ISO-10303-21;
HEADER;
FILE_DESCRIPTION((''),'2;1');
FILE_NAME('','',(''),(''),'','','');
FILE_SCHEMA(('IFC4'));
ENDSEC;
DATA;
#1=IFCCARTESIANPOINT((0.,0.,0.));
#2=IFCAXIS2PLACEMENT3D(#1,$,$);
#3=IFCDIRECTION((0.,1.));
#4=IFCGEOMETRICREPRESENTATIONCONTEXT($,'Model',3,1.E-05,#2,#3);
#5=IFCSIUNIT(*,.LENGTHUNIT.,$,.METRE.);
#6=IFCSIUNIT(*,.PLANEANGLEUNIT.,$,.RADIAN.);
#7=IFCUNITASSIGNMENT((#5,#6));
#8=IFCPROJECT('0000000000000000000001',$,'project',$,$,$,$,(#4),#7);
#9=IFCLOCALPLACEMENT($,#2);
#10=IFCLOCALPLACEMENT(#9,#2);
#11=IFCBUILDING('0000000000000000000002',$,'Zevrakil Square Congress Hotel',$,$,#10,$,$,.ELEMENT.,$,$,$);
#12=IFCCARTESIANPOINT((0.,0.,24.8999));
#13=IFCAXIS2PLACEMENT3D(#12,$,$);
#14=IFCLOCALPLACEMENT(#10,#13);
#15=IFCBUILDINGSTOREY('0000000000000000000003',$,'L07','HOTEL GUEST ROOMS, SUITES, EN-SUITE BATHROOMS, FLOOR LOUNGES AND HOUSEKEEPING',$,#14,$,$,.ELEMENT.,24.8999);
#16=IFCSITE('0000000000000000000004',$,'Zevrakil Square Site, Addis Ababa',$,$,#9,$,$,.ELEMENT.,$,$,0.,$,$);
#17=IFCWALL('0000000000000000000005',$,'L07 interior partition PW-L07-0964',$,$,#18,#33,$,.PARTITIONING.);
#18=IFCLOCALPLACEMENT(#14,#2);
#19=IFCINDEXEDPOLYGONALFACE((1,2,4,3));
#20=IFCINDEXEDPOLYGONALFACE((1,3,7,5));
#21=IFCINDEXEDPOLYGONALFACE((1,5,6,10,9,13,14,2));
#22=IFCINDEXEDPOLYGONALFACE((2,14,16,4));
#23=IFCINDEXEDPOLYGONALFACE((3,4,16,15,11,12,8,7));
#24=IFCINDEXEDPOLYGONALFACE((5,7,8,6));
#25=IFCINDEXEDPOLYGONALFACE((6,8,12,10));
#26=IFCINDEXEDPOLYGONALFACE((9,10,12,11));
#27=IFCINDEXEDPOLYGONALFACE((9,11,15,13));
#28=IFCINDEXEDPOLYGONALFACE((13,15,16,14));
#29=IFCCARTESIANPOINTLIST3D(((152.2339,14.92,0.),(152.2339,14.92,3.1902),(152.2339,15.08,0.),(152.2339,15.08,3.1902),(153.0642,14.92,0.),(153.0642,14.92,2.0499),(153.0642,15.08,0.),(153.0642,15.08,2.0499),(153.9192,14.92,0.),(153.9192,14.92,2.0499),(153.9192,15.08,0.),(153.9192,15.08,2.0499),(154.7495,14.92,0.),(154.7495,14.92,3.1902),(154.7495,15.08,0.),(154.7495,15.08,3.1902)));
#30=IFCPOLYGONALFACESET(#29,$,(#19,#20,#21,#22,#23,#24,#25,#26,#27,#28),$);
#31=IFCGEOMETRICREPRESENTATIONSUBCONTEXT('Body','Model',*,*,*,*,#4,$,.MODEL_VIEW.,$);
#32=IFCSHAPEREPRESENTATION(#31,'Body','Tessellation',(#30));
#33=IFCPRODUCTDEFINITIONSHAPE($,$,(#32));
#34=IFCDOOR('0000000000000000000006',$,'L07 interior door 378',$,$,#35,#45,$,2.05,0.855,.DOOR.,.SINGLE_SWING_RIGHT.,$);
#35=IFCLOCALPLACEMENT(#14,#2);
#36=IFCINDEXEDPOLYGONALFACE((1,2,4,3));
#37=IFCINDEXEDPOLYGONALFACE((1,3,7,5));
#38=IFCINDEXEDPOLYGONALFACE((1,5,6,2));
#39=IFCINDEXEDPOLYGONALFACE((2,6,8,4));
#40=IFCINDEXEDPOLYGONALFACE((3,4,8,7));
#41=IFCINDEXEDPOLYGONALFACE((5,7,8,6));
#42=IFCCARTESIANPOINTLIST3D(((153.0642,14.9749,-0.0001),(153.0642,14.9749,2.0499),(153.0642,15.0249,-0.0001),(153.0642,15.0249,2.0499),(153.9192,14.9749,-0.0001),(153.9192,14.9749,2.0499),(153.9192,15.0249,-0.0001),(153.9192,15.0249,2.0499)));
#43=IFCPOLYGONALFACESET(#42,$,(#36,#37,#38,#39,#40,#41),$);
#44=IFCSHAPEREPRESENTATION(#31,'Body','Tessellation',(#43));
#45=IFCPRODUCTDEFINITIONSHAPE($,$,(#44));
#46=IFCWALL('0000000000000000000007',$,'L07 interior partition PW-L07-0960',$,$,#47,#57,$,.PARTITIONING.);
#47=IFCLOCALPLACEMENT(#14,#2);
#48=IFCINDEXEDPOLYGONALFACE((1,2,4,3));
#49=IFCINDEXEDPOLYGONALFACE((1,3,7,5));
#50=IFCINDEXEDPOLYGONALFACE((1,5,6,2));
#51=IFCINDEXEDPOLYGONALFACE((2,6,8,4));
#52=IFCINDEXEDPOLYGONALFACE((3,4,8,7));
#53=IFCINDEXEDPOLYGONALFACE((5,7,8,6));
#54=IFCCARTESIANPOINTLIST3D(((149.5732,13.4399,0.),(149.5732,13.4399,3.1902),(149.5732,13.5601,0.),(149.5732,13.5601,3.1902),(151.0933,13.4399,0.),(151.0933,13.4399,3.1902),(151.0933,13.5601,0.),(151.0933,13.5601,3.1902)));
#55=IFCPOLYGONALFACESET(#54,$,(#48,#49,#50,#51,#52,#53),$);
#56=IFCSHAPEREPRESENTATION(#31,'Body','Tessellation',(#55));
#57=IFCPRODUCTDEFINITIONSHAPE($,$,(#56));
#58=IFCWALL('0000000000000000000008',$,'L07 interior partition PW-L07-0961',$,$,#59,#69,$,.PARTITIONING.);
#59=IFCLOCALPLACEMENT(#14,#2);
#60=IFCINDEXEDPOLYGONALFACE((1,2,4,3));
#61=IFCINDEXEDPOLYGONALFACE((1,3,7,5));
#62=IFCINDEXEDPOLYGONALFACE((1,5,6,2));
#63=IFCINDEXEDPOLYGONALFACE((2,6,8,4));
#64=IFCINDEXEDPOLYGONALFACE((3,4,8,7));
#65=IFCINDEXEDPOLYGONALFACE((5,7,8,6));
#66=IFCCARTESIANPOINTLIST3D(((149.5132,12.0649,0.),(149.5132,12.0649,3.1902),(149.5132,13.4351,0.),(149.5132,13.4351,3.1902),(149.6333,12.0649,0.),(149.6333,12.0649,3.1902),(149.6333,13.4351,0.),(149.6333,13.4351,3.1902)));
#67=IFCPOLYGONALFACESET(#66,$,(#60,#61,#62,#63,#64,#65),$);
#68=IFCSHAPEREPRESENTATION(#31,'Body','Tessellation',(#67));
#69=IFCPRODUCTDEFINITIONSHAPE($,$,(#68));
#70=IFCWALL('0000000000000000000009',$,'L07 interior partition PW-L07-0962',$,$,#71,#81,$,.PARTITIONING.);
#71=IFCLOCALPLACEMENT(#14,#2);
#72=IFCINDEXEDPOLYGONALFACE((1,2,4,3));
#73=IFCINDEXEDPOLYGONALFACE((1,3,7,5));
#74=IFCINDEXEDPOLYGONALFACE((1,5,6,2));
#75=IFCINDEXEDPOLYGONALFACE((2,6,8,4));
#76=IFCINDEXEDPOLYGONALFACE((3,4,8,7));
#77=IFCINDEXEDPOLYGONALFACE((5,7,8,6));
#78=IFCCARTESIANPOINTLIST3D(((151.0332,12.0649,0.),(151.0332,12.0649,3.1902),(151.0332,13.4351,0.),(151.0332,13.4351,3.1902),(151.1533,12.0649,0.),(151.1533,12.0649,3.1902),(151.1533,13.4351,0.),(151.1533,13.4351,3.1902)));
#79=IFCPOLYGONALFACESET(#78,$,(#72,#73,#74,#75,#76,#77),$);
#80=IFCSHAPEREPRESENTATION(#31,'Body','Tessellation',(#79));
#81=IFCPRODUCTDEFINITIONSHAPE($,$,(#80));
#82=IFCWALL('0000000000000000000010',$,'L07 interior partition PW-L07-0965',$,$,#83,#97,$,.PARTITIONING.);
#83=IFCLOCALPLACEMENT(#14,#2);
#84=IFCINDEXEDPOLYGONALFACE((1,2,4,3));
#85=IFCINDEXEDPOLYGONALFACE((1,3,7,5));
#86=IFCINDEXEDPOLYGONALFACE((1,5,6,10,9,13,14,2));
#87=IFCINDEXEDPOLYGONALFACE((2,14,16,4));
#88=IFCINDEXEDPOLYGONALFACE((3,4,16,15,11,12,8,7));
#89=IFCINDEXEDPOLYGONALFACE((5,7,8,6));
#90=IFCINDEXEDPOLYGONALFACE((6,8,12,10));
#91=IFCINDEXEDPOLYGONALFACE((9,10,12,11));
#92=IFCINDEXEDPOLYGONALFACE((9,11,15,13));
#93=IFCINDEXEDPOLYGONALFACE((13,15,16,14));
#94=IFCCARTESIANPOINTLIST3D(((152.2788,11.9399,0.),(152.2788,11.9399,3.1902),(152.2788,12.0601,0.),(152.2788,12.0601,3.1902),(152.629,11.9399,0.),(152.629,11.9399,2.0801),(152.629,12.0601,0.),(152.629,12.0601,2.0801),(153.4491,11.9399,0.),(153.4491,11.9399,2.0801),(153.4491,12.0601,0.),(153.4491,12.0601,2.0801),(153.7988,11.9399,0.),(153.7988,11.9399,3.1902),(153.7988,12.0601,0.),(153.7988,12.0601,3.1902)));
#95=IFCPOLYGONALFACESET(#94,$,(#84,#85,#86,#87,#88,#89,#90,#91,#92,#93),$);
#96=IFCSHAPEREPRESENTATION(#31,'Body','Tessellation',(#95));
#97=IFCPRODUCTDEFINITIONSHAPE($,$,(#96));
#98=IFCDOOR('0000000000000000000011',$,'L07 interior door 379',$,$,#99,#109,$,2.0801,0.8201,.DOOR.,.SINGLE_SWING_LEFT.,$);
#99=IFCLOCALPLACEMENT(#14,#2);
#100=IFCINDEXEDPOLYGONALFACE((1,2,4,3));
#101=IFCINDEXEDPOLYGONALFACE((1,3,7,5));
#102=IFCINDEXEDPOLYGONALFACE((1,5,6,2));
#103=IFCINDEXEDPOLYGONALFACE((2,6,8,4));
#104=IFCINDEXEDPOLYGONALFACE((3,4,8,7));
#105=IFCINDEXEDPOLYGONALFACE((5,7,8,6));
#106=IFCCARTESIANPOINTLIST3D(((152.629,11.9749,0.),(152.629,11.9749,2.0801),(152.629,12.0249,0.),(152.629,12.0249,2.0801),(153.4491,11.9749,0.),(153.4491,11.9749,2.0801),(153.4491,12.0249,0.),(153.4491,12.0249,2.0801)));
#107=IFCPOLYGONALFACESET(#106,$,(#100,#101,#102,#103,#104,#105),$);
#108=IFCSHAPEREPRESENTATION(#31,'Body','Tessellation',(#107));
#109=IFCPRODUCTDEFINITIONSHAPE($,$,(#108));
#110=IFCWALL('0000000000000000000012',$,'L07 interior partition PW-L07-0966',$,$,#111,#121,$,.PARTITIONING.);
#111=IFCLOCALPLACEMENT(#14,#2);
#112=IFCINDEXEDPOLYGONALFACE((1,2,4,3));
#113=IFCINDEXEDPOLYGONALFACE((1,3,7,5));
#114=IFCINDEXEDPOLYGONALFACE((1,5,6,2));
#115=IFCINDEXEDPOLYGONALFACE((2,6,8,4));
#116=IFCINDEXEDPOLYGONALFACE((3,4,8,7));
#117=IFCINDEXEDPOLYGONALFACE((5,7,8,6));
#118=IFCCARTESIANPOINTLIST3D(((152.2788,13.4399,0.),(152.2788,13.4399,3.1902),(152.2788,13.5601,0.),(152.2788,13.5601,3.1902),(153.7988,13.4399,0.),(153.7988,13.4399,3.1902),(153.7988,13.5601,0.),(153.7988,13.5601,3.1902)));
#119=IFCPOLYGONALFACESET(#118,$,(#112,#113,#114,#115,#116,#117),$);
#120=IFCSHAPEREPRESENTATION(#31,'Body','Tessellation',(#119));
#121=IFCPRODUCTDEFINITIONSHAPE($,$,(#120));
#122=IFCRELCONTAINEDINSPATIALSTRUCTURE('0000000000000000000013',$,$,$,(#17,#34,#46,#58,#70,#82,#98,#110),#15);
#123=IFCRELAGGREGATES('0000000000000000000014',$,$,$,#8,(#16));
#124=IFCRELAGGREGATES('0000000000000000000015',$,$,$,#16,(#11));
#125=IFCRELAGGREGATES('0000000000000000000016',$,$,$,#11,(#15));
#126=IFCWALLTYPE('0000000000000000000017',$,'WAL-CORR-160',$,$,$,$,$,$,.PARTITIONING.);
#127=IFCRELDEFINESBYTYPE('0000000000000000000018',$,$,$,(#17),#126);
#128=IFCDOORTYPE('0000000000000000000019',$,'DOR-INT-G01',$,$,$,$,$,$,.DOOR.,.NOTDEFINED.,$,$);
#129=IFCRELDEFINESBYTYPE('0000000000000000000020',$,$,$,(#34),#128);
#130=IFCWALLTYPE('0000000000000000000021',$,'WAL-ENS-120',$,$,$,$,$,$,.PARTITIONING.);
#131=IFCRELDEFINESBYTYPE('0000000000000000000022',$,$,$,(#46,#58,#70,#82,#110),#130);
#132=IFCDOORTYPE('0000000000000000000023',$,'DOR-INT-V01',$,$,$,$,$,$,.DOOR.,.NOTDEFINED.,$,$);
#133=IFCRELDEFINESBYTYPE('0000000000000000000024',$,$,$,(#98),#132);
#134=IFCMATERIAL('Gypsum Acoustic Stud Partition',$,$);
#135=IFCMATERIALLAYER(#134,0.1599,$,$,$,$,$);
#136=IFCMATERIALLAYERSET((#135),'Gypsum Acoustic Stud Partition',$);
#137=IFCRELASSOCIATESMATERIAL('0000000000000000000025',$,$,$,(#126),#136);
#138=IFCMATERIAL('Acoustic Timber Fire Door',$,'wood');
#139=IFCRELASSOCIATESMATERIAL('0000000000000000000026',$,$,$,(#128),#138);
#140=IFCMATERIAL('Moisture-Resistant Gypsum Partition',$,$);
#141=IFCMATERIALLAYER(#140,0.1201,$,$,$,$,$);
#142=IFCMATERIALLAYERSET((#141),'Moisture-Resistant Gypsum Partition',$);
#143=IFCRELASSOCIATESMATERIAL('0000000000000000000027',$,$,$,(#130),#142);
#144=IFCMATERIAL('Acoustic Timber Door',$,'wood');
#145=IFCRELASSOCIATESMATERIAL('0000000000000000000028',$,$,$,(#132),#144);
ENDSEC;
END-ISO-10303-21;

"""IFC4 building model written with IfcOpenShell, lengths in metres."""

from ifc_helpers import new_model, si_unit, direction, frame, frame_2d, origin, place, context, subcontext, project, spatial, rectangle, extrude, material, layer, layer_set, type_object, element, fill, save


model = new_model("IFC4")

# Units and contexts
model_context = context("Model", 3, precision=1e-05, world=origin(), true_north=direction((0.0, 1.0)))
body_context = subcontext(model_context, "Body", "Model", "MODEL_VIEW")
ifc_project = project(units=[si_unit("LENGTHUNIT", "METRE"), si_unit("PLANEANGLEUNIT", "RADIAN")], contexts=[model_context])

# Site, building, storey
site_placement = place(None, origin())
site = spatial("IfcSite", under=ifc_project, at=site_placement, Name="Zevrakil Square Site, Addis Ababa", CompositionType="ELEMENT", RefElevation=0.0)
building_placement = place(site_placement, origin())
building = spatial("IfcBuilding", under=site, at=building_placement, Name="Zevrakil Square Congress Hotel", CompositionType="ELEMENT")
storey_placement = place(building_placement, frame((0.0, 0.0, 24.8999)))
storey = spatial("IfcBuildingStorey", under=building, at=storey_placement, Name="L07", Description="HOTEL GUEST ROOMS, SUITES, EN-SUITE BATHROOMS, FLOOR LOUNGES AND HOUSEKEEPING", CompositionType="ELEMENT", Elevation=24.8999)

# Shared definitions
ifc_material_1 = material(Name="Gypsum Acoustic Stud Partition")
ifc_layer_1 = layer(ifc_material_1, 0.1599)
ifc_layer_set_1 = layer_set([ifc_layer_1], Name="Gypsum Acoustic Stud Partition")
wall_type_1 = type_object("IfcWallType", Name="WAL-CORR-160", PredefinedType="PARTITIONING", material=ifc_layer_set_1)

# Wall, opening, door
wall_1_placement = place(storey_placement, frame((152.2339, 15.0, 0.0), z_axis=(0.0, 0.0, 1.0), x_axis=(1.0, 0.0, 0.0)))
wall_1 = element("IfcWall", 1, at=wall_1_placement, inside=storey, type_object=wall_type_1, Name="L07 interior partition PW-L07-0964", PredefinedType="PARTITIONING", context=body_context, shape_type="SweptSolid", body=[
    extrude(rectangle(XDim=2.5156, YDim=0.1599, at=frame_2d((1.2578, 0.0))), origin(), (0.0, 0.0, 1.0), 3.1902),
])
opening_1_placement = place(wall_1_placement, frame((0.8303, 0.0, 0.0)))
opening_1 = element("IfcOpeningElement", 2, at=opening_1_placement, cuts=wall_1, PredefinedType="OPENING", context=body_context, shape_type="SweptSolid", body=[
    extrude(rectangle(XDim=0.855, YDim=2.05, at=frame_2d((0.4275, 1.0249))), frame((0.0, 0.0898, 0.0), z_axis=(0.0, -1.0, 0.0), x_axis=(1.0, 0.0, 0.0)), (0.0, 0.0, 1.0), 0.1799),
])
ifc_material_2 = material(Name="Acoustic Timber Fire Door", Category="wood")
door_type_1 = type_object("IfcDoorType", Name="DOR-INT-G01", OperationType="NOTDEFINED", PredefinedType="DOOR", material=ifc_material_2)
door_1_placement = place(opening_1_placement, origin())
door_1 = element("IfcDoor", 3, at=door_1_placement, inside=storey, type_object=door_type_1, Name="L07 interior door 378", OperationType="SINGLE_SWING_RIGHT", OverallHeight=2.05, OverallWidth=0.855, PredefinedType="DOOR", context=body_context, shape_type="SweptSolid", body=[
    extrude(rectangle(XDim=0.855, YDim=2.05, at=frame_2d((0.4275, 1.0249))), frame((0.0, 0.0249, 0.0), z_axis=(0.0, -1.0, 0.0), x_axis=(1.0, 0.0, 0.0)), (0.0, 0.0, 1.0), 0.05),
])
fill(opening_1, door_1)

# Walls
ifc_material_3 = material(Name="Moisture-Resistant Gypsum Partition")
ifc_layer_2 = layer(ifc_material_3, 0.1201)
ifc_layer_set_2 = layer_set([ifc_layer_2], Name="Moisture-Resistant Gypsum Partition")
wall_type_2 = type_object("IfcWallType", Name="WAL-ENS-120", PredefinedType="PARTITIONING", material=ifc_layer_set_2)
wall_2_placement = place(storey_placement, frame((149.5732, 13.5, 0.0), z_axis=(0.0, 0.0, 1.0), x_axis=(1.0, 0.0, 0.0)))
element("IfcWall", 4, at=wall_2_placement, inside=storey, type_object=wall_type_2, Name="L07 interior partition PW-L07-0960", PredefinedType="PARTITIONING", context=body_context, shape_type="SweptSolid", body=[
    extrude(rectangle(XDim=1.52, YDim=0.1201, at=frame_2d((0.76, 0.0))), origin(), (0.0, 0.0, 1.0), 3.1902),
])
for number, where, z_axis, x_axis, name in (
    (5, (149.5732, 12.0649, 0.0), (0.0, 0.0, 1.0), (0.0, 1.0, 0.0), "L07 interior partition PW-L07-0961"),
    (6, (151.0933, 12.0649, 0.0), (0.0, 0.0, 1.0), (0.0, 1.0, 0.0), "L07 interior partition PW-L07-0962"),
):
    element("IfcWall", number, at=place(storey_placement, frame(where, z_axis=z_axis, x_axis=x_axis)), inside=storey, type_object=wall_type_2, Name=name, PredefinedType="PARTITIONING", context=body_context, shape_type="SweptSolid", body=[
        extrude(rectangle(XDim=1.3701, YDim=0.1201, at=frame_2d((0.6851, 0.0))), origin(), (0.0, 0.0, 1.0), 3.1902),
    ])

# Wall, opening, door
wall_3_placement = place(storey_placement, frame((152.2788, 12.0, 0.0), z_axis=(0.0, 0.0, 1.0), x_axis=(1.0, 0.0, 0.0)))
wall_3 = element("IfcWall", 7, at=wall_3_placement, inside=storey, type_object=wall_type_2, Name="L07 interior partition PW-L07-0965", PredefinedType="PARTITIONING", context=body_context, shape_type="SweptSolid", body=[
    extrude(rectangle(XDim=1.52, YDim=0.1201, at=frame_2d((0.76, 0.0))), origin(), (0.0, 0.0, 1.0), 3.1902),
])
opening_2_placement = place(wall_3_placement, frame((0.3501, 0.0, 0.0)))
opening_2 = element("IfcOpeningElement", 8, at=opening_2_placement, cuts=wall_3, PredefinedType="OPENING", context=body_context, shape_type="SweptSolid", body=[
    extrude(rectangle(XDim=0.8201, YDim=2.0801, at=frame_2d((0.4102, 1.04))), frame((0.0, 0.0701, 0.0), z_axis=(0.0, -1.0, 0.0), x_axis=(1.0, 0.0, 0.0)), (0.0, 0.0, 1.0), 0.1401),
])
ifc_material_4 = material(Name="Acoustic Timber Door", Category="wood")
door_type_2 = type_object("IfcDoorType", Name="DOR-INT-V01", OperationType="NOTDEFINED", PredefinedType="DOOR", material=ifc_material_4)
door_2_placement = place(opening_2_placement, origin())
door_2 = element("IfcDoor", 9, at=door_2_placement, inside=storey, type_object=door_type_2, Name="L07 interior door 379", OperationType="SINGLE_SWING_LEFT", OverallHeight=2.0801, OverallWidth=0.8201, PredefinedType="DOOR", context=body_context, shape_type="SweptSolid", body=[
    extrude(rectangle(XDim=0.8201, YDim=2.0801, at=frame_2d((0.4102, 1.04))), frame((0.0, 0.0249, 0.0), z_axis=(0.0, -1.0, 0.0), x_axis=(1.0, 0.0, 0.0)), (0.0, 0.0, 1.0), 0.05),
])
fill(opening_2, door_2)

# Wall
wall_4_placement = place(storey_placement, frame((152.2788, 13.5, 0.0), z_axis=(0.0, 0.0, 1.0), x_axis=(1.0, 0.0, 0.0)))
element("IfcWall", 10, at=wall_4_placement, inside=storey, type_object=wall_type_2, Name="L07 interior partition PW-L07-0966", PredefinedType="PARTITIONING", context=body_context, shape_type="SweptSolid", body=[
    extrude(rectangle(XDim=1.52, YDim=0.1201, at=frame_2d((0.76, 0.0))), origin(), (0.0, 0.0, 1.0), 3.1902),
])

save(model, "model.ifc")
